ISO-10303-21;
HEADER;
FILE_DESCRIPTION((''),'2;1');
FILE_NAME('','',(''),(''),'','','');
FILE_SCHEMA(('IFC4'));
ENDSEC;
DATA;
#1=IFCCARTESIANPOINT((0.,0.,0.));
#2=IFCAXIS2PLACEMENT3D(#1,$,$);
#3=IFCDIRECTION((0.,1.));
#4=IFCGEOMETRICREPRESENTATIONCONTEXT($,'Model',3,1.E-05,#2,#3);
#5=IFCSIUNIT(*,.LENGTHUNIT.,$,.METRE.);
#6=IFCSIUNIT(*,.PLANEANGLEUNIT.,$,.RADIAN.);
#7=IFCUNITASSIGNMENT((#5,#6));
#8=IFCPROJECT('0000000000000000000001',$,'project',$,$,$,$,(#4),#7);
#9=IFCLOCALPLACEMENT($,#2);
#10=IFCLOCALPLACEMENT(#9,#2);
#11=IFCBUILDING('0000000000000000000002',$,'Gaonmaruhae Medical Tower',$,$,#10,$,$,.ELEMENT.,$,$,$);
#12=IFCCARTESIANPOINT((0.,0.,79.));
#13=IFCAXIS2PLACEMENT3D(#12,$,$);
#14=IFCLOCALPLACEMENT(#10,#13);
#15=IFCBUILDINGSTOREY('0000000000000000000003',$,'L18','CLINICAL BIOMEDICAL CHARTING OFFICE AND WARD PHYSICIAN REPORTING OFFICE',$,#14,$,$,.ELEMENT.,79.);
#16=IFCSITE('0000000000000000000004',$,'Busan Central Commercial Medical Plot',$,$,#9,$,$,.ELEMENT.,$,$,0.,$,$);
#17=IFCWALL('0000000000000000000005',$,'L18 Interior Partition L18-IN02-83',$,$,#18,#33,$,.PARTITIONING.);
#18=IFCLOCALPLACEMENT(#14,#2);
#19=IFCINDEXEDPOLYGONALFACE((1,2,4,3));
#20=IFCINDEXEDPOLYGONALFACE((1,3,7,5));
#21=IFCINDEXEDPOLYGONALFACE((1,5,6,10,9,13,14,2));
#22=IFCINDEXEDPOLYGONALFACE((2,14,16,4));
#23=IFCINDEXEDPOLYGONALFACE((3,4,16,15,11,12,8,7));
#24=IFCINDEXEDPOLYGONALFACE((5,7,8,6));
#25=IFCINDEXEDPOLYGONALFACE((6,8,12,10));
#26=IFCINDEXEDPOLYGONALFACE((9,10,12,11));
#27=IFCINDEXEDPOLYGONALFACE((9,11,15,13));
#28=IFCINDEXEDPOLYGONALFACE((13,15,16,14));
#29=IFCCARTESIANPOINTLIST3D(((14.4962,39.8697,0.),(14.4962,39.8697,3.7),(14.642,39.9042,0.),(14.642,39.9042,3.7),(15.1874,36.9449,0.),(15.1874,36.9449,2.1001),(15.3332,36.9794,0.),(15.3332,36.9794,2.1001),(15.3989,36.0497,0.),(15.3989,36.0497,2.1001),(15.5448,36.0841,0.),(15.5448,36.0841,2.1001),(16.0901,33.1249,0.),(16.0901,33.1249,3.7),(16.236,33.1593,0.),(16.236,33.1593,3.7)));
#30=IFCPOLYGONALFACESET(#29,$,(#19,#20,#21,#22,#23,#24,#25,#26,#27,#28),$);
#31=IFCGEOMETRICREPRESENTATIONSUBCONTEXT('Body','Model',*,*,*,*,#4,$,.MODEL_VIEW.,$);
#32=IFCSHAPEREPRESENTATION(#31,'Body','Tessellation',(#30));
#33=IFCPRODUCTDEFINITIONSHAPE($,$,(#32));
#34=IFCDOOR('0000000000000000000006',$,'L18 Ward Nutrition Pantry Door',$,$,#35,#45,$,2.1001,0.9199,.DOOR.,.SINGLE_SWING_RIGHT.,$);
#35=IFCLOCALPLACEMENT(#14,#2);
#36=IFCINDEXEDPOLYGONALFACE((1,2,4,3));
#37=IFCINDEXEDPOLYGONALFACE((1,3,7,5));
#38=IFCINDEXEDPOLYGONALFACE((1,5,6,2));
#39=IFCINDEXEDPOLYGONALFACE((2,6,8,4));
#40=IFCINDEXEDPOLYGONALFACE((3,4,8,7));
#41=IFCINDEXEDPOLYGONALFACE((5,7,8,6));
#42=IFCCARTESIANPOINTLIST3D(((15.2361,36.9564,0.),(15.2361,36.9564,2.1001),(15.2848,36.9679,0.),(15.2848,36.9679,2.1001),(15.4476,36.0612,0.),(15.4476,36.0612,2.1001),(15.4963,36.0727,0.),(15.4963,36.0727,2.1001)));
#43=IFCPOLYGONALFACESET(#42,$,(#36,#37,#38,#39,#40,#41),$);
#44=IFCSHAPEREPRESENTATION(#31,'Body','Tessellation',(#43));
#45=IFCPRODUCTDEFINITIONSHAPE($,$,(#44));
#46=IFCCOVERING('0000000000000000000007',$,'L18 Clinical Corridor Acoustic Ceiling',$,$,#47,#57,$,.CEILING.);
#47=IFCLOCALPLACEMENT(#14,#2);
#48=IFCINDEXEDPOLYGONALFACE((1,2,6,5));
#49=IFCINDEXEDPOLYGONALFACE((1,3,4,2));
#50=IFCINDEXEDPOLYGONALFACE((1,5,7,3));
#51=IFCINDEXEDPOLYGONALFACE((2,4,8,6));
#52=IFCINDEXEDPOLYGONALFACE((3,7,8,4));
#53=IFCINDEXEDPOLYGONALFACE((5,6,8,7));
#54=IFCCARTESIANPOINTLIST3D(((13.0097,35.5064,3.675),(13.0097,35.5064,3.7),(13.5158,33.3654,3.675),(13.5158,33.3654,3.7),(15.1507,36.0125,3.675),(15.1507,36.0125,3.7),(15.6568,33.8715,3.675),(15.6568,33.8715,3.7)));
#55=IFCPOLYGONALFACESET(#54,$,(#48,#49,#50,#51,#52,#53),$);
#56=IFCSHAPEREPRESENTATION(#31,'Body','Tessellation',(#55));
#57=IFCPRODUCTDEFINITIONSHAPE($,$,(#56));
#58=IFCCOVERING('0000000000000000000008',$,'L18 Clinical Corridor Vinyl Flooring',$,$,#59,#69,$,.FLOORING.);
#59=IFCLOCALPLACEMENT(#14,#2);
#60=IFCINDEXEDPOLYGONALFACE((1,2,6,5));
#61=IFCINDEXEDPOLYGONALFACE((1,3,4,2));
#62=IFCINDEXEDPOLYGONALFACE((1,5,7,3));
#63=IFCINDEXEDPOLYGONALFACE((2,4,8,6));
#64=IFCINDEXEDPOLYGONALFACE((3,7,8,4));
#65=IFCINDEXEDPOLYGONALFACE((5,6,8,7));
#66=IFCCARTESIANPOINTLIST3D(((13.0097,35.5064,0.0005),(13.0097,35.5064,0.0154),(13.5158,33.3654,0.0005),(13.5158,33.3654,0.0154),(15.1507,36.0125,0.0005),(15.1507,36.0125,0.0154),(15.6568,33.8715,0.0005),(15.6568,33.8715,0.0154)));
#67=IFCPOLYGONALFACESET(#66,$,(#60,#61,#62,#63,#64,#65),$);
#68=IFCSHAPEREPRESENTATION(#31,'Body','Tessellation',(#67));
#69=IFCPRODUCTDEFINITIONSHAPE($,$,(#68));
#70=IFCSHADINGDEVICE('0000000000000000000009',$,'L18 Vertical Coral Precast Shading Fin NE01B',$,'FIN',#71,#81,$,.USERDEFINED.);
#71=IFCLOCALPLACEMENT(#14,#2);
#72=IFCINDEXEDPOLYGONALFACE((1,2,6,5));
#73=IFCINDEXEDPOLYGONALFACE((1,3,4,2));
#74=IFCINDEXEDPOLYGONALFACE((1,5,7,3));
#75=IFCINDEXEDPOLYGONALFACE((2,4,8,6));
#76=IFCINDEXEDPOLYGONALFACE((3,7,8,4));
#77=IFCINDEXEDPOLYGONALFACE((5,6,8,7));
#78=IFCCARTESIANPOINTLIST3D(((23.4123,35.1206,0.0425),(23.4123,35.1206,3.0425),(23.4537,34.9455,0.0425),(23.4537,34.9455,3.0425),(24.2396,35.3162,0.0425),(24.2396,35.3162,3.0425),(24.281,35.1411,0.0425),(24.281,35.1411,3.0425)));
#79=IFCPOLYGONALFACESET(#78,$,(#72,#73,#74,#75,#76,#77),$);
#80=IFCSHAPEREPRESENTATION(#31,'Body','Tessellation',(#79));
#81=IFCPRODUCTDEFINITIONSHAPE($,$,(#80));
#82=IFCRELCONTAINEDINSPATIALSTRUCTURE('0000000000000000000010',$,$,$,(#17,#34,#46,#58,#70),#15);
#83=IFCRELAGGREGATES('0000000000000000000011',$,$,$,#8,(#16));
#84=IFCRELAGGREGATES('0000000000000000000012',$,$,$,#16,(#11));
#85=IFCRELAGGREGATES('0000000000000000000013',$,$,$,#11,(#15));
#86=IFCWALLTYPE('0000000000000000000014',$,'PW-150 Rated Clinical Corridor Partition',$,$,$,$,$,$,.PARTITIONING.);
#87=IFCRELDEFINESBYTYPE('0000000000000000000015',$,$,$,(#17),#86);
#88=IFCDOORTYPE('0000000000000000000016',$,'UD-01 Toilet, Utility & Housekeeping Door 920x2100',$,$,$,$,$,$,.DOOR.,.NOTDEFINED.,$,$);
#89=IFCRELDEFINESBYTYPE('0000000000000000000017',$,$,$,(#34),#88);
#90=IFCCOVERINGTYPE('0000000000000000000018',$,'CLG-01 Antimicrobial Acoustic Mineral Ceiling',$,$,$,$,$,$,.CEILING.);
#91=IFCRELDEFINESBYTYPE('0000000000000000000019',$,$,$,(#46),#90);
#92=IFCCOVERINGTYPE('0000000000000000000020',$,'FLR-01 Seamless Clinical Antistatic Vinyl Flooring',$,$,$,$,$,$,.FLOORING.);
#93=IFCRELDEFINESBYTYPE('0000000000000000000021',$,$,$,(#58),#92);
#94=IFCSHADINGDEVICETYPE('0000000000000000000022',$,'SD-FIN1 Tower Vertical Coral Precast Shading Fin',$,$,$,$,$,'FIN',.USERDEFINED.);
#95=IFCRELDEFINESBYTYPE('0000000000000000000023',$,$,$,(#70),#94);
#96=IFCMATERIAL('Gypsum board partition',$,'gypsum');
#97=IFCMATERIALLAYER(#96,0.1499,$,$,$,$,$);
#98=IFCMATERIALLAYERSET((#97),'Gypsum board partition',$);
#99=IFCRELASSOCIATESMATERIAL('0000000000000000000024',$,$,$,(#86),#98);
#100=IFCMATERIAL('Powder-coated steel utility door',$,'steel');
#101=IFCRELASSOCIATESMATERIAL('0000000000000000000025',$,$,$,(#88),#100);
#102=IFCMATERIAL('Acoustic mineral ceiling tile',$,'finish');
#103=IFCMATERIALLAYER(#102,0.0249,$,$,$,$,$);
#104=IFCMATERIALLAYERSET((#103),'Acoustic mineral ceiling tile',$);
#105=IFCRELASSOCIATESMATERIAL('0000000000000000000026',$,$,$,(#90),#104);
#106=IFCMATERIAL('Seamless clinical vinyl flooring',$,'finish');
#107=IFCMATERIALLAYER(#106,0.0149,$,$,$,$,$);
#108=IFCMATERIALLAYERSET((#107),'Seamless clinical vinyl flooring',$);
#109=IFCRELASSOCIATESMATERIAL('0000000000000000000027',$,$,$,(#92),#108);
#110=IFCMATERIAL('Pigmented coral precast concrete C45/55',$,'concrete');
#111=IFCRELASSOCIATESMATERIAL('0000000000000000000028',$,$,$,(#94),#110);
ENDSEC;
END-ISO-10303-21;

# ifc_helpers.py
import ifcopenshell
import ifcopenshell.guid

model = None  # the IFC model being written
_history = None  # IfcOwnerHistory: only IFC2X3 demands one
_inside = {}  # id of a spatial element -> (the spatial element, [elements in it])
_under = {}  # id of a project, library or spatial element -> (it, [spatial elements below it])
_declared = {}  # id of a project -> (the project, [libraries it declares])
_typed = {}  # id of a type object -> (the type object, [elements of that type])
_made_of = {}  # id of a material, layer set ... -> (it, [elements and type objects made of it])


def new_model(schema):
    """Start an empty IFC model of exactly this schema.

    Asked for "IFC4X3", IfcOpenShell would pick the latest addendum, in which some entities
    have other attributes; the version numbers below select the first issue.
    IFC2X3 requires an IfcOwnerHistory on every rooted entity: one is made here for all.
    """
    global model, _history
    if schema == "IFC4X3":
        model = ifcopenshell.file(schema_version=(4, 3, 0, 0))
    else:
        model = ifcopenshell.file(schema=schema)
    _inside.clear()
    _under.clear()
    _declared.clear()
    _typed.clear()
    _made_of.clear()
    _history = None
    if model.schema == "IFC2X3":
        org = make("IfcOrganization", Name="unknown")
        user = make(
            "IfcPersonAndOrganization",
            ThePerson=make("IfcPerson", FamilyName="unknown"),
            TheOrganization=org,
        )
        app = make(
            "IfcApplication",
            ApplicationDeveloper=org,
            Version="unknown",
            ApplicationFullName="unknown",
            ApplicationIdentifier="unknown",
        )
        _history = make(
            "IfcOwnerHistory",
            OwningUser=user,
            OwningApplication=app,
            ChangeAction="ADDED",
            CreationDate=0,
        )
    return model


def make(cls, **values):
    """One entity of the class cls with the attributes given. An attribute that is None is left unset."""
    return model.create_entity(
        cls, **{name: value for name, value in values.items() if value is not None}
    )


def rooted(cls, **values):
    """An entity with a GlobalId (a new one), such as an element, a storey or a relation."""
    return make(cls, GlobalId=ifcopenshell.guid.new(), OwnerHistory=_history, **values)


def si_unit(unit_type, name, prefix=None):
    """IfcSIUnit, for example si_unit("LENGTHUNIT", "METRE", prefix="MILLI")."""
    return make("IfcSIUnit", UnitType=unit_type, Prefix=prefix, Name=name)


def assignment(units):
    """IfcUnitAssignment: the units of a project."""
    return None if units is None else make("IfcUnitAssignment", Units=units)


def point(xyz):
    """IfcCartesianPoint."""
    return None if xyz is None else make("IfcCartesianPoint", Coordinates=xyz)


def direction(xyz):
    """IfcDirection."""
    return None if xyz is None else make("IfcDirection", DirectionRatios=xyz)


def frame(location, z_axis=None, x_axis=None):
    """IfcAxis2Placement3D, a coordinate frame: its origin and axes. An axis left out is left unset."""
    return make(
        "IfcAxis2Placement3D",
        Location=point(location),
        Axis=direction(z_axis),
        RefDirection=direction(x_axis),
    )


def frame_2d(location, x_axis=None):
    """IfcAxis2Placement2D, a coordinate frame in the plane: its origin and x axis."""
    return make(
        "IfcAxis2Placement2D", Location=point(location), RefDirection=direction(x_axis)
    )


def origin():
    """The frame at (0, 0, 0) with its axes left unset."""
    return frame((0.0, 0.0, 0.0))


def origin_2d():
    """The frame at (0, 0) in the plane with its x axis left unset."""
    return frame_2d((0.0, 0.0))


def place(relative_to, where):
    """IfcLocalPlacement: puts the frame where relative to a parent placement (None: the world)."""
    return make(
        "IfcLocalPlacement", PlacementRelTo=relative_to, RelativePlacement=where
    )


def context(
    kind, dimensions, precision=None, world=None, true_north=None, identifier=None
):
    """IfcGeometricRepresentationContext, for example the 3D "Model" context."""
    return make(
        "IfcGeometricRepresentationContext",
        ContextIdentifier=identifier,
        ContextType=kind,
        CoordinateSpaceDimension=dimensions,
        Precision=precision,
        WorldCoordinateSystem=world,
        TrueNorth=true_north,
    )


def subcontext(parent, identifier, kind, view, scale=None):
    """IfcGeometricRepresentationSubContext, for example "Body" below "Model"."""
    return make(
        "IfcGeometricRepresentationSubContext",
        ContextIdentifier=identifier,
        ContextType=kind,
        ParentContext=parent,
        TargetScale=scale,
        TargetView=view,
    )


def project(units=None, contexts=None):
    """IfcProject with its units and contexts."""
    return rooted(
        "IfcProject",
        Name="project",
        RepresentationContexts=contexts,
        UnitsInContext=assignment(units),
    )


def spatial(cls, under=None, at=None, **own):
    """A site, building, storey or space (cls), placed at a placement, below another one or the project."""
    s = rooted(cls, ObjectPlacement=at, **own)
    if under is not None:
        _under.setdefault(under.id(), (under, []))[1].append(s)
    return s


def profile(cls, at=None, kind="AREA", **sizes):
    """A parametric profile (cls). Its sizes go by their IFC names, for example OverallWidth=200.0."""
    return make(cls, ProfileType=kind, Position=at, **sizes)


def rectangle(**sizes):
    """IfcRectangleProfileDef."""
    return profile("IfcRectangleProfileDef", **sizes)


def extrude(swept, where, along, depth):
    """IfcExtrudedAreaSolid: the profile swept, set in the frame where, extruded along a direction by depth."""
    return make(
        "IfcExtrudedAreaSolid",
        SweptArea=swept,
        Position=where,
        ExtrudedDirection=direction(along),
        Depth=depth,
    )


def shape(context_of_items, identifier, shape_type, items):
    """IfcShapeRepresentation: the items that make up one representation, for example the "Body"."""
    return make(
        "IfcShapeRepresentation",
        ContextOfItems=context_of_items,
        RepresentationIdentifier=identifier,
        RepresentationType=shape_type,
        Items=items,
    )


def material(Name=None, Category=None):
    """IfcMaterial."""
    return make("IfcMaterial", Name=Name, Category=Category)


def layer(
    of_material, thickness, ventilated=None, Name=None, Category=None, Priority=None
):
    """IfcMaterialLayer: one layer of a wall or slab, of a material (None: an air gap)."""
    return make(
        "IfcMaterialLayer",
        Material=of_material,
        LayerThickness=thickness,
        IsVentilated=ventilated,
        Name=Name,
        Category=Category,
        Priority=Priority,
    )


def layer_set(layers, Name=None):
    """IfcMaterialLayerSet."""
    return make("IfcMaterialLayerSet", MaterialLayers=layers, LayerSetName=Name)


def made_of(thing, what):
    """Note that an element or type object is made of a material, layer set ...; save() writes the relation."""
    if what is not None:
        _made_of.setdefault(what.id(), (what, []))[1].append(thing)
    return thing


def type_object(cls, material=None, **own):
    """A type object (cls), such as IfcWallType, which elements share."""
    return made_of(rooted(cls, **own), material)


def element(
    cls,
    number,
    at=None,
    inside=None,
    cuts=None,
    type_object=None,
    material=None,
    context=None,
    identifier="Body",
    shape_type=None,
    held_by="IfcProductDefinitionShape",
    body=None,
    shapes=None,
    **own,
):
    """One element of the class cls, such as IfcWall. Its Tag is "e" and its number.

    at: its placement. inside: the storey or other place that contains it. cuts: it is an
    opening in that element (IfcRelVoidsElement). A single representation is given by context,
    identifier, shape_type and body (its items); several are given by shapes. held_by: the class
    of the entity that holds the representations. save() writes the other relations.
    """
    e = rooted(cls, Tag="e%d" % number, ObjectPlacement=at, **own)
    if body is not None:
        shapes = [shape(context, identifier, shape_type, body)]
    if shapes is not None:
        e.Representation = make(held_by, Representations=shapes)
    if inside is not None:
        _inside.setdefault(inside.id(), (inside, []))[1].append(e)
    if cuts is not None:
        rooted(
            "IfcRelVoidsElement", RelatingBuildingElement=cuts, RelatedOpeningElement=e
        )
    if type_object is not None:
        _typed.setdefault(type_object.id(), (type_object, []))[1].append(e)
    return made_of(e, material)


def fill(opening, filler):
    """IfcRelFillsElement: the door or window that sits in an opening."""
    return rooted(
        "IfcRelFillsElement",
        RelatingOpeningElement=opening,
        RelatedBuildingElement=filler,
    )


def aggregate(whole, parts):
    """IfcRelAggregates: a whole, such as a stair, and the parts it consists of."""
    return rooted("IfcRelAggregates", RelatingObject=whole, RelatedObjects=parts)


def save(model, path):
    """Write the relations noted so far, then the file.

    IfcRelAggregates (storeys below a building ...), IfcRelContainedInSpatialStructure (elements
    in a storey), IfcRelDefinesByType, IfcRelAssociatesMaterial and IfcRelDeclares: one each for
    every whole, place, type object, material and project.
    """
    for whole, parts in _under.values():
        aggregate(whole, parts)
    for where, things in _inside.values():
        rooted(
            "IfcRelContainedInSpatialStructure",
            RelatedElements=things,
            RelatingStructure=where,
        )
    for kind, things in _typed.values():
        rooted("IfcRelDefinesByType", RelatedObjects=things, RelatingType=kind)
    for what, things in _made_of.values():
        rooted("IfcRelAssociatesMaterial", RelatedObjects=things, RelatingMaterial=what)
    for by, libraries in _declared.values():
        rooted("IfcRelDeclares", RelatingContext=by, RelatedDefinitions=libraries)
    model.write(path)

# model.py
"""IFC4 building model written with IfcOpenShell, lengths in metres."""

from ifc_helpers import new_model, si_unit, direction, frame, frame_2d, origin, origin_2d, place, context, subcontext, project, spatial, rectangle, extrude, material, layer, layer_set, type_object, element, fill, save


model = new_model("IFC4")

# Units and contexts
model_context = context("Model", 3, precision=1e-05, world=origin(), true_north=direction((0.0, 1.0)))
body_context = subcontext(model_context, "Body", "Model", "MODEL_VIEW")
ifc_project = project(units=[si_unit("LENGTHUNIT", "METRE"), si_unit("PLANEANGLEUNIT", "RADIAN")], contexts=[model_context])

# Site, building, storey
site_placement = place(None, origin())
site = spatial("IfcSite", under=ifc_project, at=site_placement, Name="Busan Central Commercial Medical Plot", CompositionType="ELEMENT", RefElevation=0.0)
building_placement = place(site_placement, origin())
building = spatial("IfcBuilding", under=site, at=building_placement, Name="Gaonmaruhae Medical Tower", CompositionType="ELEMENT")
storey_placement = place(building_placement, frame((0.0, 0.0, 79.0)))
storey = spatial("IfcBuildingStorey", under=building, at=storey_placement, Name="L18", Description="CLINICAL BIOMEDICAL CHARTING OFFICE AND WARD PHYSICIAN REPORTING OFFICE", CompositionType="ELEMENT", Elevation=79.0)

# Shared definitions
ifc_material_1 = material(Name="Gypsum board partition", Category="gypsum")
ifc_layer_1 = layer(ifc_material_1, 0.1499)
ifc_layer_set_1 = layer_set([ifc_layer_1], Name="Gypsum board partition")
wall_type_1 = type_object("IfcWallType", Name="PW-150 Rated Clinical Corridor Partition", PredefinedType="PARTITIONING", material=ifc_layer_set_1)

# Wall, opening, door
wall_1_placement = place(storey_placement, frame((16.1631, 33.1421, 0.0), z_axis=(0.0, 0.0, 1.0), x_axis=(-0.229991, 0.973193, 0.0)))
wall_1 = element("IfcWall", 1, at=wall_1_placement, inside=storey, type_object=wall_type_1, Name="L18 Interior Partition L18-IN02-83", PredefinedType="PARTITIONING", context=body_context, shape_type="SweptSolid", body=[
    extrude(rectangle(XDim=6.9307, YDim=0.1499, at=frame_2d((3.4653, 0.0))), origin(), (0.0, 0.0, 1.0), 3.7),
])
opening_1_placement = place(wall_1_placement, frame((3.0054, 0.0, 0.0)))
opening_1 = element("IfcOpeningElement", 2, at=opening_1_placement, cuts=wall_1, PredefinedType="OPENING", context=body_context, shape_type="SweptSolid", body=[
    extrude(rectangle(XDim=0.9199, YDim=2.1001, at=frame_2d((0.46, 1.05))), frame((0.0, 0.085, 0.0), z_axis=(0.0, -1.0, 0.0), x_axis=(1.0, 0.0, 0.0)), (0.0, 0.0, 1.0), 0.1699),
])
ifc_material_2 = material(Name="Powder-coated steel utility door", Category="steel")
door_type_1 = type_object("IfcDoorType", Name="UD-01 Toilet, Utility & Housekeeping Door 920x2100", OperationType="NOTDEFINED", PredefinedType="DOOR", material=ifc_material_2)
door_1_placement = place(opening_1_placement, origin())
door_1 = element("IfcDoor", 3, at=door_1_placement, inside=storey, type_object=door_type_1, Name="L18 Ward Nutrition Pantry Door", OperationType="SINGLE_SWING_RIGHT", OverallHeight=2.1001, OverallWidth=0.9199, PredefinedType="DOOR", context=body_context, shape_type="SweptSolid", body=[
    extrude(rectangle(XDim=0.9199, YDim=2.1001, at=frame_2d((0.46, 1.05))), frame((0.0, 0.0249, 0.0), z_axis=(0.0, -1.0, 0.0), x_axis=(1.0, 0.0, 0.0)), (0.0, 0.0, 1.0), 0.05),
])
fill(opening_1, door_1)

# Coverings
ifc_material_3 = material(Name="Acoustic mineral ceiling tile", Category="finish")
ifc_layer_2 = layer(ifc_material_3, 0.0249)
ifc_layer_set_2 = layer_set([ifc_layer_2], Name="Acoustic mineral ceiling tile")
covering_type_1 = type_object("IfcCoveringType", Name="CLG-01 Antimicrobial Acoustic Mineral Ceiling", PredefinedType="CEILING", material=ifc_layer_set_2)
covering_1_placement = place(storey_placement, frame((14.3333, 34.689, 3.675), z_axis=(0.0, 0.0, 1.0), x_axis=(0.973179, 0.23005, 0.0)))
element("IfcCovering", 4, at=covering_1_placement, inside=storey, type_object=covering_type_1, Name="L18 Clinical Corridor Acoustic Ceiling", PredefinedType="CEILING", context=body_context, shape_type="SweptSolid", body=[
    extrude(rectangle(XDim=2.2, YDim=2.2, at=origin_2d()), origin(), (0.0, 0.0, 1.0), 0.0249),
])
ifc_material_4 = material(Name="Seamless clinical vinyl flooring", Category="finish")
ifc_layer_3 = layer(ifc_material_4, 0.0149)
ifc_layer_set_3 = layer_set([ifc_layer_3], Name="Seamless clinical vinyl flooring")
covering_type_2 = type_object("IfcCoveringType", Name="FLR-01 Seamless Clinical Antistatic Vinyl Flooring", PredefinedType="FLOORING", material=ifc_layer_set_3)
covering_2_placement = place(storey_placement, frame((14.3333, 34.689, 0.0005), z_axis=(0.0, 0.0, 1.0), x_axis=(0.973179, 0.23005, 0.0)))
element("IfcCovering", 5, at=covering_2_placement, inside=storey, type_object=covering_type_2, Name="L18 Clinical Corridor Vinyl Flooring", PredefinedType="FLOORING", context=body_context, shape_type="SweptSolid", body=[
    extrude(rectangle(XDim=2.2, YDim=2.2, at=origin_2d()), origin(), (0.0, 0.0, 1.0), 0.0149),
])

# Shading device
ifc_material_5 = material(Name="Pigmented coral precast concrete C45/55", Category="concrete")
shading_device_type = type_object("IfcShadingDeviceType", Name="SD-FIN1 Tower Vertical Coral Precast Shading Fin", ElementType="FIN", PredefinedType="USERDEFINED", material=ifc_material_5)
shading_device_placement = place(storey_placement, frame((23.8467, 35.1309, 0.0425), z_axis=(0.0, 0.0, 1.0), x_axis=(-0.23005, 0.973179, 0.0)))
element("IfcShadingDevice", 6, at=shading_device_placement, inside=storey, type_object=shading_device_type, Name="L18 Vertical Coral Precast Shading Fin NE01B", ObjectType="FIN", PredefinedType="USERDEFINED", context=body_context, shape_type="SweptSolid", body=[
    extrude(rectangle(XDim=0.1799, YDim=0.8501, at=origin_2d()), origin(), (0.0, 0.0, 1.0), 3.0),
])

save(model, "model.ifc")
